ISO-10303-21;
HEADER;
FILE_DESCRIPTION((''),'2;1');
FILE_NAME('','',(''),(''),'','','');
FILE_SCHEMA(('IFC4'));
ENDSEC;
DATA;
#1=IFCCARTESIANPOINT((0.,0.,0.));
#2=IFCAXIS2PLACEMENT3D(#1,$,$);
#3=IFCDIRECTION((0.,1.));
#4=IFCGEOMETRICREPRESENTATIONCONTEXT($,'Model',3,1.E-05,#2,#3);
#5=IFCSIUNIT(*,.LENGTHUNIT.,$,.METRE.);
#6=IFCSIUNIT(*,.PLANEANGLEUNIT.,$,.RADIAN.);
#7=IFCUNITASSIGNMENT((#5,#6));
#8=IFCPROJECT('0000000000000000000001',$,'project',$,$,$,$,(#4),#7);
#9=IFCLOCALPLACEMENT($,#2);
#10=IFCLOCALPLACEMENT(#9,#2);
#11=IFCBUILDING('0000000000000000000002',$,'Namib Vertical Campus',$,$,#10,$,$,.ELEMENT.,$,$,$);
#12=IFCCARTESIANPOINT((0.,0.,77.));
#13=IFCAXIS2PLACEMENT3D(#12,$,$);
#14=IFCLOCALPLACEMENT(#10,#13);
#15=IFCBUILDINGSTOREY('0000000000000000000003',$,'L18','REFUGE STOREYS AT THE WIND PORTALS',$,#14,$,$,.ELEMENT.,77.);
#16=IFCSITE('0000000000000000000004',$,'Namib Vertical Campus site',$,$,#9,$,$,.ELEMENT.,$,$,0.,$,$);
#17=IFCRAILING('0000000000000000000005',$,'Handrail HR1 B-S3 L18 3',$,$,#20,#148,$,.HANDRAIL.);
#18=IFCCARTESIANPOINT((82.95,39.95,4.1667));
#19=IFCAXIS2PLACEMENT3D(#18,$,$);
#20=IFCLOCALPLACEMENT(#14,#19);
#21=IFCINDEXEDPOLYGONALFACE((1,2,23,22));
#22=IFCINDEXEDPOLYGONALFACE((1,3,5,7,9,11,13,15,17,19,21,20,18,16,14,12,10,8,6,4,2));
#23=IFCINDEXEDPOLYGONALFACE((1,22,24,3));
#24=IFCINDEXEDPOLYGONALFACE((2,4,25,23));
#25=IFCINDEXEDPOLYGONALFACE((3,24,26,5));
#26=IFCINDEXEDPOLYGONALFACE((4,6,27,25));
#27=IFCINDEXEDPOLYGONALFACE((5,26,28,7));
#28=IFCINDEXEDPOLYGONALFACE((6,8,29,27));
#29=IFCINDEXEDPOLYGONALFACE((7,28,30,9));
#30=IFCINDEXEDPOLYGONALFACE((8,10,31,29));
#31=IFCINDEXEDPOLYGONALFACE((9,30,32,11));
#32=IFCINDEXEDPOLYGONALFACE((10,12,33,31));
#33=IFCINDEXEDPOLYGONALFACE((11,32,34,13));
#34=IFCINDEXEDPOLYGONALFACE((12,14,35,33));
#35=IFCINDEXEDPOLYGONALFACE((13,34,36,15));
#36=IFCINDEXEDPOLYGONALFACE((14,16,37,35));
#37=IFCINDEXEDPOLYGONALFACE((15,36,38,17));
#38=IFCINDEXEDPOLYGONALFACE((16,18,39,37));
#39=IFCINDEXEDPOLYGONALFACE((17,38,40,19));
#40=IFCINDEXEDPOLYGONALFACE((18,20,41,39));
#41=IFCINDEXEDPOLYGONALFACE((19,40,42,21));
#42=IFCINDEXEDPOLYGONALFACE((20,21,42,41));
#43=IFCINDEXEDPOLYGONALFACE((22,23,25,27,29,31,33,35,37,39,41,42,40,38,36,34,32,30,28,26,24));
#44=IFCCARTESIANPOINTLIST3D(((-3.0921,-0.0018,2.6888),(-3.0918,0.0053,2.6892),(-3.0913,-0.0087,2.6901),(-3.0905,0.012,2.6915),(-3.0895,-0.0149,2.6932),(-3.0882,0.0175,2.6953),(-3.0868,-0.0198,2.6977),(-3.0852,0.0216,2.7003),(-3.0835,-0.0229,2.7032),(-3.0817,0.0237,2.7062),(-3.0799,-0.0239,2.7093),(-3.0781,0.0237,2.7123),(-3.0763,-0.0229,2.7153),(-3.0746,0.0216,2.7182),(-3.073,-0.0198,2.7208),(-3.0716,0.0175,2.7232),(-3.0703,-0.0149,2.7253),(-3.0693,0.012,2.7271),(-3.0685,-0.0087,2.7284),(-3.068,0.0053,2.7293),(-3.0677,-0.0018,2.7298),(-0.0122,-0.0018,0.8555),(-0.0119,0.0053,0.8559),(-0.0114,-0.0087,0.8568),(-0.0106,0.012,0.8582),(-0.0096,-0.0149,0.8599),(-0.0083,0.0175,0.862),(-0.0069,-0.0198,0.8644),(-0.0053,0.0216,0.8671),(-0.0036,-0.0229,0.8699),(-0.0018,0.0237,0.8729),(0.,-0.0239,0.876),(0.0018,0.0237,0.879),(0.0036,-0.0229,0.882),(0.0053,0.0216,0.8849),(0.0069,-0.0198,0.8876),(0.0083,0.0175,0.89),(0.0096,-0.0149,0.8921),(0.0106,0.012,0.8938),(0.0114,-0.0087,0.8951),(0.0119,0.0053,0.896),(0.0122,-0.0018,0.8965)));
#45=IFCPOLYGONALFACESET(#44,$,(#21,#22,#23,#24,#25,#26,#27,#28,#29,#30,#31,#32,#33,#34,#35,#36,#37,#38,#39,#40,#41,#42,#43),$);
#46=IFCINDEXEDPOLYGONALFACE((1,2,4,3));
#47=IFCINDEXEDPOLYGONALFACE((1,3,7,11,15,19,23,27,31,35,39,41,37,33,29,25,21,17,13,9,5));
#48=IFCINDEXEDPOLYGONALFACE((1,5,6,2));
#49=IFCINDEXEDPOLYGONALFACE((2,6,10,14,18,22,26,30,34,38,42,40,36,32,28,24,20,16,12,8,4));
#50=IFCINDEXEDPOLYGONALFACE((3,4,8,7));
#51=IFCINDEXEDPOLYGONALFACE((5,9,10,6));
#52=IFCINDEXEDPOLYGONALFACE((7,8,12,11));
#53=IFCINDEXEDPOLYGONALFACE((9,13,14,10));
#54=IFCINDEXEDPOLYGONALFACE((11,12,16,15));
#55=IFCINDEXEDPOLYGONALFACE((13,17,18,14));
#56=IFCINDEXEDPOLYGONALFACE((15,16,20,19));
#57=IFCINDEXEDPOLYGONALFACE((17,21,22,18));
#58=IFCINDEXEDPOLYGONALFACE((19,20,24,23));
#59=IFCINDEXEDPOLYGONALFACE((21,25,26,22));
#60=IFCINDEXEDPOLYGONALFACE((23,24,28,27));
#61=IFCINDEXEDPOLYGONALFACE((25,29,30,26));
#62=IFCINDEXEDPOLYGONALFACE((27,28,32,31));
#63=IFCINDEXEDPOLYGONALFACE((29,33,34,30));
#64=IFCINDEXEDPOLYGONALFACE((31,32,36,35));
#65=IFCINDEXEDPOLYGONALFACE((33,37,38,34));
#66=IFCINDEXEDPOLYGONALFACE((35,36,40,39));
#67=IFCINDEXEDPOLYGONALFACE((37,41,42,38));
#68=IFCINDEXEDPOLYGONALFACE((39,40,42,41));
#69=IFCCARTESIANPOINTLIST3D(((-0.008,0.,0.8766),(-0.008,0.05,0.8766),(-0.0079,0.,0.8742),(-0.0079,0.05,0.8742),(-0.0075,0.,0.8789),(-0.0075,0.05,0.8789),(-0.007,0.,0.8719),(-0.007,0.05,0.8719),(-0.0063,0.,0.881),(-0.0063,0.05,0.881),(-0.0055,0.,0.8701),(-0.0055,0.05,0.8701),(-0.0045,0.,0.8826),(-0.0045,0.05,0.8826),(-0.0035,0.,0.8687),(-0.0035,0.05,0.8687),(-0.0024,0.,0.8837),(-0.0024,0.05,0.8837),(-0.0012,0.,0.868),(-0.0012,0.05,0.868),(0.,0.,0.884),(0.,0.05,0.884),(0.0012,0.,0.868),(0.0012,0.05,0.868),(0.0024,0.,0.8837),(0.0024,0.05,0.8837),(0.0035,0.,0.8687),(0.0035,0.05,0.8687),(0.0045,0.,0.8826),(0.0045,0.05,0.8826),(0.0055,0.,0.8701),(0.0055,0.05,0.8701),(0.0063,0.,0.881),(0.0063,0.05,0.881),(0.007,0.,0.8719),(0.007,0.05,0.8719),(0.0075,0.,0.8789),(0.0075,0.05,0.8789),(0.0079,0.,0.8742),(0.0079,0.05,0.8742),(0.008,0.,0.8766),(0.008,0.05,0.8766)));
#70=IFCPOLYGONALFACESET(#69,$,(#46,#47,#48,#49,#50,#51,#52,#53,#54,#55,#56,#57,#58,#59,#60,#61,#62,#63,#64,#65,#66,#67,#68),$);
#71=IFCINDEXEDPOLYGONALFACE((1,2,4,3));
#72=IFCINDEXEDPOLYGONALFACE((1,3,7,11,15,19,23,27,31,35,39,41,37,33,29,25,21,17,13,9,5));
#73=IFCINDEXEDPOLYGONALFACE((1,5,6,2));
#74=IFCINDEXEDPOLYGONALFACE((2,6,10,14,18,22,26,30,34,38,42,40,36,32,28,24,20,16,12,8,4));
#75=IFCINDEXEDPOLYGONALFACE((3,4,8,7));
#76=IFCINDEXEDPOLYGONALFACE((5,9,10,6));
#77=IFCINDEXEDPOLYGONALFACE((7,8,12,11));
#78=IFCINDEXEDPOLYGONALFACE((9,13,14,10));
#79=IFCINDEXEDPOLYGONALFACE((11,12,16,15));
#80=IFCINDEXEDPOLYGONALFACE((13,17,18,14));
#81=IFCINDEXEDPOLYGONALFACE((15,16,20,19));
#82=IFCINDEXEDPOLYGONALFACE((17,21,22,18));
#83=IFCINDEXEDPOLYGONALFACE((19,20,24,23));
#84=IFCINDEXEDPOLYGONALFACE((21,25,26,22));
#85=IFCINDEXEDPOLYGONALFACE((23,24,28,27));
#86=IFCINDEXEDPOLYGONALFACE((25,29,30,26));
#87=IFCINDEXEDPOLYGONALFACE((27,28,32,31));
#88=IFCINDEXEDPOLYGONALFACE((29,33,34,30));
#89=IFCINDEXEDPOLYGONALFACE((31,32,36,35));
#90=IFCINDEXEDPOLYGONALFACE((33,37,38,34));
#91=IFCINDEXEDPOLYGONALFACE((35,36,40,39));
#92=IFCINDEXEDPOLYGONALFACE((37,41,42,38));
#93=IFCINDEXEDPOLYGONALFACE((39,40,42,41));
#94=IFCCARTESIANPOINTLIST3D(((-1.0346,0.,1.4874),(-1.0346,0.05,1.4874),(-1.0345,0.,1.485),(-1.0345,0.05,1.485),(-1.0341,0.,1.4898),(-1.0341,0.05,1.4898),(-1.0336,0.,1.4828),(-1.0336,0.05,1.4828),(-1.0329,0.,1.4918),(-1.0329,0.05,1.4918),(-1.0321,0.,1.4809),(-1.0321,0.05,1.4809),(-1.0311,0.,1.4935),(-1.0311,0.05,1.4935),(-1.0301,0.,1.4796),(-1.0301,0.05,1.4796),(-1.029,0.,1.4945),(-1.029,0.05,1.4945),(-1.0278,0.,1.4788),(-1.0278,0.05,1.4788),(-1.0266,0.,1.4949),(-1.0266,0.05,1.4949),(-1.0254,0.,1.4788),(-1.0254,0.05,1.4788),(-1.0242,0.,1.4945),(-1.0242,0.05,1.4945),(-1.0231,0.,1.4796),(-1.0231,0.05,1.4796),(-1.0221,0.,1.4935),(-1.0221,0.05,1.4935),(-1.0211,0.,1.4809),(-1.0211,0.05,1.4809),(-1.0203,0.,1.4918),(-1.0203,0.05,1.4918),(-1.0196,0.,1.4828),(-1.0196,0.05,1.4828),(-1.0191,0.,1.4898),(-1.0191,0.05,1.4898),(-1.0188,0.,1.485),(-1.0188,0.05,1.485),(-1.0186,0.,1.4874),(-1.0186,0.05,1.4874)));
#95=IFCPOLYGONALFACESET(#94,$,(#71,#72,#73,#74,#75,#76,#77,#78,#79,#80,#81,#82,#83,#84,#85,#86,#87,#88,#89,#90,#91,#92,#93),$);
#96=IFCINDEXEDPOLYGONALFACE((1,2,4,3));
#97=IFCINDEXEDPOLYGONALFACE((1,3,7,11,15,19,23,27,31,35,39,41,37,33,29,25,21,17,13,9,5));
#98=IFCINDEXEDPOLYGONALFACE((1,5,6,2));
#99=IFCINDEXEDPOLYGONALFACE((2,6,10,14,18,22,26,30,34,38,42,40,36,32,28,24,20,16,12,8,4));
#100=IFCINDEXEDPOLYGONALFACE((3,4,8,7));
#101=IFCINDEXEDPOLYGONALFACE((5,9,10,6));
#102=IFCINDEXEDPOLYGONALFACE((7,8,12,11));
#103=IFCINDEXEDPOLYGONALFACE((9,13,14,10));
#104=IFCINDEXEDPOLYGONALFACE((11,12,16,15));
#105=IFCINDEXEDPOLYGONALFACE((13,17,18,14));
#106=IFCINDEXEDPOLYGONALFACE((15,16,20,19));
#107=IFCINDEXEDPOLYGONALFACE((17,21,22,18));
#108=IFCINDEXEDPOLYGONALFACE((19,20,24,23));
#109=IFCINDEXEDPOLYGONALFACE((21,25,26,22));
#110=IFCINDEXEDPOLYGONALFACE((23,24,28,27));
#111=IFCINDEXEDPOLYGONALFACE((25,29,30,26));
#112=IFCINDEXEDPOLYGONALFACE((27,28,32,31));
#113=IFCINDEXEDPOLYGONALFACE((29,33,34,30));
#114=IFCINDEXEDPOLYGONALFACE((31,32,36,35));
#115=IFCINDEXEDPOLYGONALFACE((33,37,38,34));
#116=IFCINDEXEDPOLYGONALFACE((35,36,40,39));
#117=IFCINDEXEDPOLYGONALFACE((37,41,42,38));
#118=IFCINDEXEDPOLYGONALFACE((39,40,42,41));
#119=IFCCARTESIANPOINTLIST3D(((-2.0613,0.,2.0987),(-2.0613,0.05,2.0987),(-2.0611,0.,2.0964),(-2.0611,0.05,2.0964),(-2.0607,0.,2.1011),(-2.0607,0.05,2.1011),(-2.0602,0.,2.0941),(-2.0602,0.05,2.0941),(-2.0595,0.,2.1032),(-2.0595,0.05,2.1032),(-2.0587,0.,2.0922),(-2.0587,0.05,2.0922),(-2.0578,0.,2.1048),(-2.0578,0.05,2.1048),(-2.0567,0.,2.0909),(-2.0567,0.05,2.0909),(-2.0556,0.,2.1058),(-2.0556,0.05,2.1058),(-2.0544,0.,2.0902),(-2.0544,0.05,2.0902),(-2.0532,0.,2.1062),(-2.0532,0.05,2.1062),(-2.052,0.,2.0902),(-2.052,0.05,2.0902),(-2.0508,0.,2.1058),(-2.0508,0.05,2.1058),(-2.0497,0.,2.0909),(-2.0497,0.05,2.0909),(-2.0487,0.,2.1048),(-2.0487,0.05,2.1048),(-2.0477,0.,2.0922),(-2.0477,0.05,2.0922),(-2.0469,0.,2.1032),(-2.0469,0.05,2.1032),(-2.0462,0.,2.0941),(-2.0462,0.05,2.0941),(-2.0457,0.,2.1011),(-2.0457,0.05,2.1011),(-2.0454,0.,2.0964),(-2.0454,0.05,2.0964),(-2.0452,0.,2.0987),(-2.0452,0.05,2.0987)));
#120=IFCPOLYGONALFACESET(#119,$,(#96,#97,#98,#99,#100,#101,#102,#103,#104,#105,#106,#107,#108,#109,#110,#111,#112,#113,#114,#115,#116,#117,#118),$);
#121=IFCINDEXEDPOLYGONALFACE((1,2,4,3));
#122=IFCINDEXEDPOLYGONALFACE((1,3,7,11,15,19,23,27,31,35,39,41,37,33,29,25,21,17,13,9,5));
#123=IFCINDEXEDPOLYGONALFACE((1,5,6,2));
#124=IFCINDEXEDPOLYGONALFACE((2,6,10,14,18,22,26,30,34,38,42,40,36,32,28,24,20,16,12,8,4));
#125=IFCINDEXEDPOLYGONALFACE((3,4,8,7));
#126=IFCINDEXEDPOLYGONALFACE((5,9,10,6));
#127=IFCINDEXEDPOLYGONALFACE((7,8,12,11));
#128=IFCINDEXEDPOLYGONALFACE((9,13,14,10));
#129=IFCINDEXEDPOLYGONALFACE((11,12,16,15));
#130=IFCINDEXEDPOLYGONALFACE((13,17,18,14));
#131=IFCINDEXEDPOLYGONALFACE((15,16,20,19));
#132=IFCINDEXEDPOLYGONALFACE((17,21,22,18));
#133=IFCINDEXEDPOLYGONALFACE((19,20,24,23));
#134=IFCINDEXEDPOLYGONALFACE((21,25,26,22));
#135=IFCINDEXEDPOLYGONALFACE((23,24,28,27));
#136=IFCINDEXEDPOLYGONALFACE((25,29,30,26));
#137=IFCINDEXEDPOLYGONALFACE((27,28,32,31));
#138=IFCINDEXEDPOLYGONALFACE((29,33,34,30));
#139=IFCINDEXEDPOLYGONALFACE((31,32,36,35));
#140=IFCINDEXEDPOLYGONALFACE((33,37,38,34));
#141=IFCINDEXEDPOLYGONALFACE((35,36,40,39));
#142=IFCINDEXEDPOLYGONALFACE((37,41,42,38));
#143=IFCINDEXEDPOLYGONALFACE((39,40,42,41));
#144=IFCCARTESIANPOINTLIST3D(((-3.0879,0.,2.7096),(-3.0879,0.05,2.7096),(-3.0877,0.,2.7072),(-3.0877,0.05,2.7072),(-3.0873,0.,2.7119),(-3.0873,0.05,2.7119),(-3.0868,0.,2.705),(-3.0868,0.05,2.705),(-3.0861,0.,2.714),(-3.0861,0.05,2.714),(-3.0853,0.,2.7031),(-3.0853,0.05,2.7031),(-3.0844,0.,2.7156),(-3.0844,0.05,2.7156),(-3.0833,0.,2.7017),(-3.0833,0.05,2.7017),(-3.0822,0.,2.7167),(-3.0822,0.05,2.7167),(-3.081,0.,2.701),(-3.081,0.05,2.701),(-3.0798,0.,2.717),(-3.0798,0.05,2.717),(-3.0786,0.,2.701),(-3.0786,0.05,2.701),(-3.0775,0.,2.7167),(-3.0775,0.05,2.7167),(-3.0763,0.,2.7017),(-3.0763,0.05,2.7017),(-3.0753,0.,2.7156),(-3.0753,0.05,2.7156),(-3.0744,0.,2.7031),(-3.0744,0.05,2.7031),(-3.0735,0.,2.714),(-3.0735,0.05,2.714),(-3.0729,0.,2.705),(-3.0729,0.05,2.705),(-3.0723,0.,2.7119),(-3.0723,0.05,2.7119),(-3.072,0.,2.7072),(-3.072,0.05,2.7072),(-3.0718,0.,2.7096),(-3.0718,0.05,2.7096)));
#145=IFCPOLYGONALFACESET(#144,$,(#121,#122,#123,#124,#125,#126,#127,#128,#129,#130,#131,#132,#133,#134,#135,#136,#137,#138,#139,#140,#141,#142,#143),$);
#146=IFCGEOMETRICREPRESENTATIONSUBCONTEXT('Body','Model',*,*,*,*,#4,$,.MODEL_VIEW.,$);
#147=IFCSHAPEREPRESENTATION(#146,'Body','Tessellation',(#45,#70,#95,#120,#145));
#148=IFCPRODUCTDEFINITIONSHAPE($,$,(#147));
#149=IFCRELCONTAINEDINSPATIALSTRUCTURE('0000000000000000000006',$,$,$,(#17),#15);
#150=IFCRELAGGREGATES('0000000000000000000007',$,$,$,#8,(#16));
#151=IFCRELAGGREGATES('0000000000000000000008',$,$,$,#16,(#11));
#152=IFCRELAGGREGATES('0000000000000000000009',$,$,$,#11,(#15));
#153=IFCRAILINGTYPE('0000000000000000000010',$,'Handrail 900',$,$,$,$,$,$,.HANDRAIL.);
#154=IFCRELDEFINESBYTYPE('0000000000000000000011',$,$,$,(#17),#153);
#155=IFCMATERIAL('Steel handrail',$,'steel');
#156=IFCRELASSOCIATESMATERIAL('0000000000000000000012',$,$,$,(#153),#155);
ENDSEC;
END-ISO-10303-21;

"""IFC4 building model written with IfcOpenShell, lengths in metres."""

from ifc_helpers import new_model, si_unit, direction, frame, origin, origin_2d, place, context, subcontext, project, spatial, circle, extrude, material, type_object, element, save


model = new_model("IFC4")

# Units and contexts
model_context = context("Model", 3, precision=1e-05, world=origin(), true_north=direction((0.0, 1.0)))
body_context = subcontext(model_context, "Body", "Model", "MODEL_VIEW")
ifc_project = project(units=[si_unit("LENGTHUNIT", "METRE"), si_unit("PLANEANGLEUNIT", "RADIAN")], contexts=[model_context])

# Site, building, storey
site_placement = place(None, origin())
site = spatial("IfcSite", under=ifc_project, at=site_placement, Name="Namib Vertical Campus site", CompositionType="ELEMENT", RefElevation=0.0)
building_placement = place(site_placement, origin())
building = spatial("IfcBuilding", under=site, at=building_placement, Name="Namib Vertical Campus", CompositionType="ELEMENT")
storey_placement = place(building_placement, frame((0.0, 0.0, 77.0)))
storey = spatial("IfcBuildingStorey", under=building, at=storey_placement, Name="L18", Description="REFUGE STOREYS AT THE WIND PORTALS", CompositionType="ELEMENT", Elevation=77.0)

# Railing
ifc_material_1 = material(Name="Steel handrail", Category="steel")
railing_type_1 = type_object("IfcRailingType", Name="Handrail 900", PredefinedType="HANDRAIL", material=ifc_material_1)
railing_1_placement = place(storey_placement, frame((82.95, 39.95, 4.1667)))
element("IfcRailing", 1, at=railing_1_placement, inside=storey, type_object=railing_type_1, Name="Handrail HR1 B-S3 L18 3", PredefinedType="HANDRAIL", context=body_context, shape_type="SweptSolid", body=[
    extrude(circle(Radius=0.0239, at=origin_2d()), frame((0.0, 0.0, 0.876), z_axis=(-0.859291, 0.0, 0.511487), x_axis=(0.0, -1.0, 0.0)), (0.0, 0.0, 1.0), 3.5842),
    extrude(circle(Radius=0.0081, at=origin_2d()), frame((0.0, 0.0, 0.876), z_axis=(0.0, 1.0, 0.0), x_axis=(0.0, 0.0, 1.0)), (0.0, 0.0, 1.0), 0.05),
    extrude(circle(Radius=0.0081, at=origin_2d()), frame((-1.0266, 0.0, 1.4868), z_axis=(0.0, 1.0, 0.0), x_axis=(0.0, 0.0, 1.0)), (0.0, 0.0, 1.0), 0.05),
    extrude(circle(Radius=0.0081, at=origin_2d()), frame((-2.0532, 0.0, 2.0981), z_axis=(0.0, 1.0, 0.0), x_axis=(0.0, 0.0, 1.0)), (0.0, 0.0, 1.0), 0.05),
    extrude(circle(Radius=0.0081, at=origin_2d()), frame((-3.0798, 0.0, 2.709), z_axis=(0.0, 1.0, 0.0), x_axis=(0.0, 0.0, 1.0)), (0.0, 0.0, 1.0), 0.05),
])

save(model, "model.ifc")
